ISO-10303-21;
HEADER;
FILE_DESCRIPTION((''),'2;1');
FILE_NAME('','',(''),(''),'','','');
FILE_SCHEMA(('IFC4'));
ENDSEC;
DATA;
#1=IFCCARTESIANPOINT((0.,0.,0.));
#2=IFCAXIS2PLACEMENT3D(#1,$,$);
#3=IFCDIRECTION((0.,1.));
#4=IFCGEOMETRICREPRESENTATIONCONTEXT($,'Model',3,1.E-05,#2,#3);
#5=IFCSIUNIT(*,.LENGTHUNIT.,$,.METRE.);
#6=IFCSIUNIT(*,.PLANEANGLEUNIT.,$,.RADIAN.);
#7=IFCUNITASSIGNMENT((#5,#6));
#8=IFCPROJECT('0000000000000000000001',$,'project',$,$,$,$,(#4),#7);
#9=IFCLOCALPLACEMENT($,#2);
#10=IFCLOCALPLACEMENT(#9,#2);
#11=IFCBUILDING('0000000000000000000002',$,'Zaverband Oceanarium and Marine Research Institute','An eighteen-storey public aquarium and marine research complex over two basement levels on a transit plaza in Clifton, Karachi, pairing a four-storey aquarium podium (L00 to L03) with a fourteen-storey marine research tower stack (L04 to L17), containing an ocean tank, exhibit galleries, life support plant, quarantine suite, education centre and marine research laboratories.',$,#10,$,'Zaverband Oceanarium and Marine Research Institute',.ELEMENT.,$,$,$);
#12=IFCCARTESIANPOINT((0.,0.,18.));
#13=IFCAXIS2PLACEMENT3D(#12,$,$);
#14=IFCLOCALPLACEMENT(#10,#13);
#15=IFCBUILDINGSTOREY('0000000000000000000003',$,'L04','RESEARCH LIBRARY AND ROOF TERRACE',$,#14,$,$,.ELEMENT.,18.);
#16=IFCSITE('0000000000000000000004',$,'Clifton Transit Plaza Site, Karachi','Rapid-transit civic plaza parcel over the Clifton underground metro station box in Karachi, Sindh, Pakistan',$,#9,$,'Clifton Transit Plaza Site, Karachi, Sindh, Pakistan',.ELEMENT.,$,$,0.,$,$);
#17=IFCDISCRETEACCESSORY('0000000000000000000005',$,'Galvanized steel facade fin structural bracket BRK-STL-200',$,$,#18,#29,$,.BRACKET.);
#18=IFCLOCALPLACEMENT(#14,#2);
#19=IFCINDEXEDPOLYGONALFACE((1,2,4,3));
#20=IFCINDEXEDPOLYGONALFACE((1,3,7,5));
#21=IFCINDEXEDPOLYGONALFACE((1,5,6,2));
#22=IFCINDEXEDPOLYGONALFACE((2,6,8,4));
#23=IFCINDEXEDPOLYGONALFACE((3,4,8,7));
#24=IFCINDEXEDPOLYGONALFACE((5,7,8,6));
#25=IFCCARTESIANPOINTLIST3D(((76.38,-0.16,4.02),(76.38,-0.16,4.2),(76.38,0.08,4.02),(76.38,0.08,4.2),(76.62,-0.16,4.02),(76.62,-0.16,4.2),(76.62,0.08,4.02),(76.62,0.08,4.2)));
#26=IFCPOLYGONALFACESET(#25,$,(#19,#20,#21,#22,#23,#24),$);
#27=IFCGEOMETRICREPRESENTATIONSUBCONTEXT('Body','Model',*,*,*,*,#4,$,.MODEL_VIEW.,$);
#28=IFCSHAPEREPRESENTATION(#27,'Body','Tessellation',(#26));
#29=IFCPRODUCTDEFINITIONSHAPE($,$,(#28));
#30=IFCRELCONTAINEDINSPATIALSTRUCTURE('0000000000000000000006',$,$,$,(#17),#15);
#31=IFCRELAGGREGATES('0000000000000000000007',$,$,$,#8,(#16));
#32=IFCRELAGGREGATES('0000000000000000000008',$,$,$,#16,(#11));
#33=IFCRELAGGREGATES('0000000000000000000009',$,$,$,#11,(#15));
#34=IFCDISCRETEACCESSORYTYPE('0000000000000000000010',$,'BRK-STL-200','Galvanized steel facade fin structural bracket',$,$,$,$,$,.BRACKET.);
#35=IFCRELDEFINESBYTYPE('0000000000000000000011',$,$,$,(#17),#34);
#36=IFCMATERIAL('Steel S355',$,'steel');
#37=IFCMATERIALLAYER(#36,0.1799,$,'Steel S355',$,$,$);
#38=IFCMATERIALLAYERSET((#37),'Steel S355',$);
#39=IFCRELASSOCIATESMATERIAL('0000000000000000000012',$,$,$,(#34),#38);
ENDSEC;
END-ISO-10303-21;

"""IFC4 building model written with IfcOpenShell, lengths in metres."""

from ifc_helpers import new_model, si_unit, direction, frame, origin, origin_2d, place, context, subcontext, project, spatial, rectangle, extrude, material, layer, layer_set, type_object, element, save


model = new_model("IFC4")

# Units and contexts
model_context = context("Model", 3, precision=1e-05, world=origin(), true_north=direction((0.0, 1.0)))
body_context = subcontext(model_context, "Body", "Model", "MODEL_VIEW")
ifc_project = project(units=[si_unit("LENGTHUNIT", "METRE"), si_unit("PLANEANGLEUNIT", "RADIAN")], contexts=[model_context])

# Site, building, storey
site_placement = place(None, origin())
site = spatial("IfcSite", under=ifc_project, at=site_placement, Name="Clifton Transit Plaza Site, Karachi", Description="Rapid-transit civic plaza parcel over the Clifton underground metro station box in Karachi, Sindh, Pakistan", LongName="Clifton Transit Plaza Site, Karachi, Sindh, Pakistan", CompositionType="ELEMENT", RefElevation=0.0)
building_placement = place(site_placement, origin())
building = spatial("IfcBuilding", under=site, at=building_placement, Name="Zaverband Oceanarium and Marine Research Institute", Description="An eighteen-storey public aquarium and marine research complex over two basement levels on a transit plaza in Clifton, Karachi, pairing a four-storey aquarium podium (L00 to L03) with a fourteen-storey marine research tower stack (L04 to L17), containing an ocean tank, exhibit galleries, life support plant, quarantine suite, education centre and marine research laboratories.", LongName="Zaverband Oceanarium and Marine Research Institute", CompositionType="ELEMENT")
storey_placement = place(building_placement, frame((0.0, 0.0, 18.0)))
storey = spatial("IfcBuildingStorey", under=building, at=storey_placement, Name="L04", Description="RESEARCH LIBRARY AND ROOF TERRACE", CompositionType="ELEMENT", Elevation=18.0)

# Shared definitions
ifc_material_1 = material(Name="Steel S355", Category="steel")

# Discrete accessory
ifc_layer_1 = layer(ifc_material_1, 0.1799, Name="Steel S355")
ifc_layer_set_1 = layer_set([ifc_layer_1], Name="Steel S355")
discrete_accessory_type = type_object("IfcDiscreteAccessoryType", Name="BRK-STL-200", Description="Galvanized steel facade fin structural bracket", PredefinedType="BRACKET", material=ifc_layer_set_1)
discrete_accessory_placement = place(storey_placement, frame((76.5, -0.04, 4.02), z_axis=(0.0, 0.0, 1.0), x_axis=(1.0, 0.0, 0.0)))
element("IfcDiscreteAccessory", 1, at=discrete_accessory_placement, inside=storey, type_object=discrete_accessory_type, Name="Galvanized steel facade fin structural bracket BRK-STL-200", PredefinedType="BRACKET", context=body_context, shape_type="SweptSolid", body=[
    extrude(rectangle(XDim=0.24, YDim=0.24, at=origin_2d()), origin(), (0.0, 0.0, 1.0), 0.1799),
])

save(model, "model.ifc")
